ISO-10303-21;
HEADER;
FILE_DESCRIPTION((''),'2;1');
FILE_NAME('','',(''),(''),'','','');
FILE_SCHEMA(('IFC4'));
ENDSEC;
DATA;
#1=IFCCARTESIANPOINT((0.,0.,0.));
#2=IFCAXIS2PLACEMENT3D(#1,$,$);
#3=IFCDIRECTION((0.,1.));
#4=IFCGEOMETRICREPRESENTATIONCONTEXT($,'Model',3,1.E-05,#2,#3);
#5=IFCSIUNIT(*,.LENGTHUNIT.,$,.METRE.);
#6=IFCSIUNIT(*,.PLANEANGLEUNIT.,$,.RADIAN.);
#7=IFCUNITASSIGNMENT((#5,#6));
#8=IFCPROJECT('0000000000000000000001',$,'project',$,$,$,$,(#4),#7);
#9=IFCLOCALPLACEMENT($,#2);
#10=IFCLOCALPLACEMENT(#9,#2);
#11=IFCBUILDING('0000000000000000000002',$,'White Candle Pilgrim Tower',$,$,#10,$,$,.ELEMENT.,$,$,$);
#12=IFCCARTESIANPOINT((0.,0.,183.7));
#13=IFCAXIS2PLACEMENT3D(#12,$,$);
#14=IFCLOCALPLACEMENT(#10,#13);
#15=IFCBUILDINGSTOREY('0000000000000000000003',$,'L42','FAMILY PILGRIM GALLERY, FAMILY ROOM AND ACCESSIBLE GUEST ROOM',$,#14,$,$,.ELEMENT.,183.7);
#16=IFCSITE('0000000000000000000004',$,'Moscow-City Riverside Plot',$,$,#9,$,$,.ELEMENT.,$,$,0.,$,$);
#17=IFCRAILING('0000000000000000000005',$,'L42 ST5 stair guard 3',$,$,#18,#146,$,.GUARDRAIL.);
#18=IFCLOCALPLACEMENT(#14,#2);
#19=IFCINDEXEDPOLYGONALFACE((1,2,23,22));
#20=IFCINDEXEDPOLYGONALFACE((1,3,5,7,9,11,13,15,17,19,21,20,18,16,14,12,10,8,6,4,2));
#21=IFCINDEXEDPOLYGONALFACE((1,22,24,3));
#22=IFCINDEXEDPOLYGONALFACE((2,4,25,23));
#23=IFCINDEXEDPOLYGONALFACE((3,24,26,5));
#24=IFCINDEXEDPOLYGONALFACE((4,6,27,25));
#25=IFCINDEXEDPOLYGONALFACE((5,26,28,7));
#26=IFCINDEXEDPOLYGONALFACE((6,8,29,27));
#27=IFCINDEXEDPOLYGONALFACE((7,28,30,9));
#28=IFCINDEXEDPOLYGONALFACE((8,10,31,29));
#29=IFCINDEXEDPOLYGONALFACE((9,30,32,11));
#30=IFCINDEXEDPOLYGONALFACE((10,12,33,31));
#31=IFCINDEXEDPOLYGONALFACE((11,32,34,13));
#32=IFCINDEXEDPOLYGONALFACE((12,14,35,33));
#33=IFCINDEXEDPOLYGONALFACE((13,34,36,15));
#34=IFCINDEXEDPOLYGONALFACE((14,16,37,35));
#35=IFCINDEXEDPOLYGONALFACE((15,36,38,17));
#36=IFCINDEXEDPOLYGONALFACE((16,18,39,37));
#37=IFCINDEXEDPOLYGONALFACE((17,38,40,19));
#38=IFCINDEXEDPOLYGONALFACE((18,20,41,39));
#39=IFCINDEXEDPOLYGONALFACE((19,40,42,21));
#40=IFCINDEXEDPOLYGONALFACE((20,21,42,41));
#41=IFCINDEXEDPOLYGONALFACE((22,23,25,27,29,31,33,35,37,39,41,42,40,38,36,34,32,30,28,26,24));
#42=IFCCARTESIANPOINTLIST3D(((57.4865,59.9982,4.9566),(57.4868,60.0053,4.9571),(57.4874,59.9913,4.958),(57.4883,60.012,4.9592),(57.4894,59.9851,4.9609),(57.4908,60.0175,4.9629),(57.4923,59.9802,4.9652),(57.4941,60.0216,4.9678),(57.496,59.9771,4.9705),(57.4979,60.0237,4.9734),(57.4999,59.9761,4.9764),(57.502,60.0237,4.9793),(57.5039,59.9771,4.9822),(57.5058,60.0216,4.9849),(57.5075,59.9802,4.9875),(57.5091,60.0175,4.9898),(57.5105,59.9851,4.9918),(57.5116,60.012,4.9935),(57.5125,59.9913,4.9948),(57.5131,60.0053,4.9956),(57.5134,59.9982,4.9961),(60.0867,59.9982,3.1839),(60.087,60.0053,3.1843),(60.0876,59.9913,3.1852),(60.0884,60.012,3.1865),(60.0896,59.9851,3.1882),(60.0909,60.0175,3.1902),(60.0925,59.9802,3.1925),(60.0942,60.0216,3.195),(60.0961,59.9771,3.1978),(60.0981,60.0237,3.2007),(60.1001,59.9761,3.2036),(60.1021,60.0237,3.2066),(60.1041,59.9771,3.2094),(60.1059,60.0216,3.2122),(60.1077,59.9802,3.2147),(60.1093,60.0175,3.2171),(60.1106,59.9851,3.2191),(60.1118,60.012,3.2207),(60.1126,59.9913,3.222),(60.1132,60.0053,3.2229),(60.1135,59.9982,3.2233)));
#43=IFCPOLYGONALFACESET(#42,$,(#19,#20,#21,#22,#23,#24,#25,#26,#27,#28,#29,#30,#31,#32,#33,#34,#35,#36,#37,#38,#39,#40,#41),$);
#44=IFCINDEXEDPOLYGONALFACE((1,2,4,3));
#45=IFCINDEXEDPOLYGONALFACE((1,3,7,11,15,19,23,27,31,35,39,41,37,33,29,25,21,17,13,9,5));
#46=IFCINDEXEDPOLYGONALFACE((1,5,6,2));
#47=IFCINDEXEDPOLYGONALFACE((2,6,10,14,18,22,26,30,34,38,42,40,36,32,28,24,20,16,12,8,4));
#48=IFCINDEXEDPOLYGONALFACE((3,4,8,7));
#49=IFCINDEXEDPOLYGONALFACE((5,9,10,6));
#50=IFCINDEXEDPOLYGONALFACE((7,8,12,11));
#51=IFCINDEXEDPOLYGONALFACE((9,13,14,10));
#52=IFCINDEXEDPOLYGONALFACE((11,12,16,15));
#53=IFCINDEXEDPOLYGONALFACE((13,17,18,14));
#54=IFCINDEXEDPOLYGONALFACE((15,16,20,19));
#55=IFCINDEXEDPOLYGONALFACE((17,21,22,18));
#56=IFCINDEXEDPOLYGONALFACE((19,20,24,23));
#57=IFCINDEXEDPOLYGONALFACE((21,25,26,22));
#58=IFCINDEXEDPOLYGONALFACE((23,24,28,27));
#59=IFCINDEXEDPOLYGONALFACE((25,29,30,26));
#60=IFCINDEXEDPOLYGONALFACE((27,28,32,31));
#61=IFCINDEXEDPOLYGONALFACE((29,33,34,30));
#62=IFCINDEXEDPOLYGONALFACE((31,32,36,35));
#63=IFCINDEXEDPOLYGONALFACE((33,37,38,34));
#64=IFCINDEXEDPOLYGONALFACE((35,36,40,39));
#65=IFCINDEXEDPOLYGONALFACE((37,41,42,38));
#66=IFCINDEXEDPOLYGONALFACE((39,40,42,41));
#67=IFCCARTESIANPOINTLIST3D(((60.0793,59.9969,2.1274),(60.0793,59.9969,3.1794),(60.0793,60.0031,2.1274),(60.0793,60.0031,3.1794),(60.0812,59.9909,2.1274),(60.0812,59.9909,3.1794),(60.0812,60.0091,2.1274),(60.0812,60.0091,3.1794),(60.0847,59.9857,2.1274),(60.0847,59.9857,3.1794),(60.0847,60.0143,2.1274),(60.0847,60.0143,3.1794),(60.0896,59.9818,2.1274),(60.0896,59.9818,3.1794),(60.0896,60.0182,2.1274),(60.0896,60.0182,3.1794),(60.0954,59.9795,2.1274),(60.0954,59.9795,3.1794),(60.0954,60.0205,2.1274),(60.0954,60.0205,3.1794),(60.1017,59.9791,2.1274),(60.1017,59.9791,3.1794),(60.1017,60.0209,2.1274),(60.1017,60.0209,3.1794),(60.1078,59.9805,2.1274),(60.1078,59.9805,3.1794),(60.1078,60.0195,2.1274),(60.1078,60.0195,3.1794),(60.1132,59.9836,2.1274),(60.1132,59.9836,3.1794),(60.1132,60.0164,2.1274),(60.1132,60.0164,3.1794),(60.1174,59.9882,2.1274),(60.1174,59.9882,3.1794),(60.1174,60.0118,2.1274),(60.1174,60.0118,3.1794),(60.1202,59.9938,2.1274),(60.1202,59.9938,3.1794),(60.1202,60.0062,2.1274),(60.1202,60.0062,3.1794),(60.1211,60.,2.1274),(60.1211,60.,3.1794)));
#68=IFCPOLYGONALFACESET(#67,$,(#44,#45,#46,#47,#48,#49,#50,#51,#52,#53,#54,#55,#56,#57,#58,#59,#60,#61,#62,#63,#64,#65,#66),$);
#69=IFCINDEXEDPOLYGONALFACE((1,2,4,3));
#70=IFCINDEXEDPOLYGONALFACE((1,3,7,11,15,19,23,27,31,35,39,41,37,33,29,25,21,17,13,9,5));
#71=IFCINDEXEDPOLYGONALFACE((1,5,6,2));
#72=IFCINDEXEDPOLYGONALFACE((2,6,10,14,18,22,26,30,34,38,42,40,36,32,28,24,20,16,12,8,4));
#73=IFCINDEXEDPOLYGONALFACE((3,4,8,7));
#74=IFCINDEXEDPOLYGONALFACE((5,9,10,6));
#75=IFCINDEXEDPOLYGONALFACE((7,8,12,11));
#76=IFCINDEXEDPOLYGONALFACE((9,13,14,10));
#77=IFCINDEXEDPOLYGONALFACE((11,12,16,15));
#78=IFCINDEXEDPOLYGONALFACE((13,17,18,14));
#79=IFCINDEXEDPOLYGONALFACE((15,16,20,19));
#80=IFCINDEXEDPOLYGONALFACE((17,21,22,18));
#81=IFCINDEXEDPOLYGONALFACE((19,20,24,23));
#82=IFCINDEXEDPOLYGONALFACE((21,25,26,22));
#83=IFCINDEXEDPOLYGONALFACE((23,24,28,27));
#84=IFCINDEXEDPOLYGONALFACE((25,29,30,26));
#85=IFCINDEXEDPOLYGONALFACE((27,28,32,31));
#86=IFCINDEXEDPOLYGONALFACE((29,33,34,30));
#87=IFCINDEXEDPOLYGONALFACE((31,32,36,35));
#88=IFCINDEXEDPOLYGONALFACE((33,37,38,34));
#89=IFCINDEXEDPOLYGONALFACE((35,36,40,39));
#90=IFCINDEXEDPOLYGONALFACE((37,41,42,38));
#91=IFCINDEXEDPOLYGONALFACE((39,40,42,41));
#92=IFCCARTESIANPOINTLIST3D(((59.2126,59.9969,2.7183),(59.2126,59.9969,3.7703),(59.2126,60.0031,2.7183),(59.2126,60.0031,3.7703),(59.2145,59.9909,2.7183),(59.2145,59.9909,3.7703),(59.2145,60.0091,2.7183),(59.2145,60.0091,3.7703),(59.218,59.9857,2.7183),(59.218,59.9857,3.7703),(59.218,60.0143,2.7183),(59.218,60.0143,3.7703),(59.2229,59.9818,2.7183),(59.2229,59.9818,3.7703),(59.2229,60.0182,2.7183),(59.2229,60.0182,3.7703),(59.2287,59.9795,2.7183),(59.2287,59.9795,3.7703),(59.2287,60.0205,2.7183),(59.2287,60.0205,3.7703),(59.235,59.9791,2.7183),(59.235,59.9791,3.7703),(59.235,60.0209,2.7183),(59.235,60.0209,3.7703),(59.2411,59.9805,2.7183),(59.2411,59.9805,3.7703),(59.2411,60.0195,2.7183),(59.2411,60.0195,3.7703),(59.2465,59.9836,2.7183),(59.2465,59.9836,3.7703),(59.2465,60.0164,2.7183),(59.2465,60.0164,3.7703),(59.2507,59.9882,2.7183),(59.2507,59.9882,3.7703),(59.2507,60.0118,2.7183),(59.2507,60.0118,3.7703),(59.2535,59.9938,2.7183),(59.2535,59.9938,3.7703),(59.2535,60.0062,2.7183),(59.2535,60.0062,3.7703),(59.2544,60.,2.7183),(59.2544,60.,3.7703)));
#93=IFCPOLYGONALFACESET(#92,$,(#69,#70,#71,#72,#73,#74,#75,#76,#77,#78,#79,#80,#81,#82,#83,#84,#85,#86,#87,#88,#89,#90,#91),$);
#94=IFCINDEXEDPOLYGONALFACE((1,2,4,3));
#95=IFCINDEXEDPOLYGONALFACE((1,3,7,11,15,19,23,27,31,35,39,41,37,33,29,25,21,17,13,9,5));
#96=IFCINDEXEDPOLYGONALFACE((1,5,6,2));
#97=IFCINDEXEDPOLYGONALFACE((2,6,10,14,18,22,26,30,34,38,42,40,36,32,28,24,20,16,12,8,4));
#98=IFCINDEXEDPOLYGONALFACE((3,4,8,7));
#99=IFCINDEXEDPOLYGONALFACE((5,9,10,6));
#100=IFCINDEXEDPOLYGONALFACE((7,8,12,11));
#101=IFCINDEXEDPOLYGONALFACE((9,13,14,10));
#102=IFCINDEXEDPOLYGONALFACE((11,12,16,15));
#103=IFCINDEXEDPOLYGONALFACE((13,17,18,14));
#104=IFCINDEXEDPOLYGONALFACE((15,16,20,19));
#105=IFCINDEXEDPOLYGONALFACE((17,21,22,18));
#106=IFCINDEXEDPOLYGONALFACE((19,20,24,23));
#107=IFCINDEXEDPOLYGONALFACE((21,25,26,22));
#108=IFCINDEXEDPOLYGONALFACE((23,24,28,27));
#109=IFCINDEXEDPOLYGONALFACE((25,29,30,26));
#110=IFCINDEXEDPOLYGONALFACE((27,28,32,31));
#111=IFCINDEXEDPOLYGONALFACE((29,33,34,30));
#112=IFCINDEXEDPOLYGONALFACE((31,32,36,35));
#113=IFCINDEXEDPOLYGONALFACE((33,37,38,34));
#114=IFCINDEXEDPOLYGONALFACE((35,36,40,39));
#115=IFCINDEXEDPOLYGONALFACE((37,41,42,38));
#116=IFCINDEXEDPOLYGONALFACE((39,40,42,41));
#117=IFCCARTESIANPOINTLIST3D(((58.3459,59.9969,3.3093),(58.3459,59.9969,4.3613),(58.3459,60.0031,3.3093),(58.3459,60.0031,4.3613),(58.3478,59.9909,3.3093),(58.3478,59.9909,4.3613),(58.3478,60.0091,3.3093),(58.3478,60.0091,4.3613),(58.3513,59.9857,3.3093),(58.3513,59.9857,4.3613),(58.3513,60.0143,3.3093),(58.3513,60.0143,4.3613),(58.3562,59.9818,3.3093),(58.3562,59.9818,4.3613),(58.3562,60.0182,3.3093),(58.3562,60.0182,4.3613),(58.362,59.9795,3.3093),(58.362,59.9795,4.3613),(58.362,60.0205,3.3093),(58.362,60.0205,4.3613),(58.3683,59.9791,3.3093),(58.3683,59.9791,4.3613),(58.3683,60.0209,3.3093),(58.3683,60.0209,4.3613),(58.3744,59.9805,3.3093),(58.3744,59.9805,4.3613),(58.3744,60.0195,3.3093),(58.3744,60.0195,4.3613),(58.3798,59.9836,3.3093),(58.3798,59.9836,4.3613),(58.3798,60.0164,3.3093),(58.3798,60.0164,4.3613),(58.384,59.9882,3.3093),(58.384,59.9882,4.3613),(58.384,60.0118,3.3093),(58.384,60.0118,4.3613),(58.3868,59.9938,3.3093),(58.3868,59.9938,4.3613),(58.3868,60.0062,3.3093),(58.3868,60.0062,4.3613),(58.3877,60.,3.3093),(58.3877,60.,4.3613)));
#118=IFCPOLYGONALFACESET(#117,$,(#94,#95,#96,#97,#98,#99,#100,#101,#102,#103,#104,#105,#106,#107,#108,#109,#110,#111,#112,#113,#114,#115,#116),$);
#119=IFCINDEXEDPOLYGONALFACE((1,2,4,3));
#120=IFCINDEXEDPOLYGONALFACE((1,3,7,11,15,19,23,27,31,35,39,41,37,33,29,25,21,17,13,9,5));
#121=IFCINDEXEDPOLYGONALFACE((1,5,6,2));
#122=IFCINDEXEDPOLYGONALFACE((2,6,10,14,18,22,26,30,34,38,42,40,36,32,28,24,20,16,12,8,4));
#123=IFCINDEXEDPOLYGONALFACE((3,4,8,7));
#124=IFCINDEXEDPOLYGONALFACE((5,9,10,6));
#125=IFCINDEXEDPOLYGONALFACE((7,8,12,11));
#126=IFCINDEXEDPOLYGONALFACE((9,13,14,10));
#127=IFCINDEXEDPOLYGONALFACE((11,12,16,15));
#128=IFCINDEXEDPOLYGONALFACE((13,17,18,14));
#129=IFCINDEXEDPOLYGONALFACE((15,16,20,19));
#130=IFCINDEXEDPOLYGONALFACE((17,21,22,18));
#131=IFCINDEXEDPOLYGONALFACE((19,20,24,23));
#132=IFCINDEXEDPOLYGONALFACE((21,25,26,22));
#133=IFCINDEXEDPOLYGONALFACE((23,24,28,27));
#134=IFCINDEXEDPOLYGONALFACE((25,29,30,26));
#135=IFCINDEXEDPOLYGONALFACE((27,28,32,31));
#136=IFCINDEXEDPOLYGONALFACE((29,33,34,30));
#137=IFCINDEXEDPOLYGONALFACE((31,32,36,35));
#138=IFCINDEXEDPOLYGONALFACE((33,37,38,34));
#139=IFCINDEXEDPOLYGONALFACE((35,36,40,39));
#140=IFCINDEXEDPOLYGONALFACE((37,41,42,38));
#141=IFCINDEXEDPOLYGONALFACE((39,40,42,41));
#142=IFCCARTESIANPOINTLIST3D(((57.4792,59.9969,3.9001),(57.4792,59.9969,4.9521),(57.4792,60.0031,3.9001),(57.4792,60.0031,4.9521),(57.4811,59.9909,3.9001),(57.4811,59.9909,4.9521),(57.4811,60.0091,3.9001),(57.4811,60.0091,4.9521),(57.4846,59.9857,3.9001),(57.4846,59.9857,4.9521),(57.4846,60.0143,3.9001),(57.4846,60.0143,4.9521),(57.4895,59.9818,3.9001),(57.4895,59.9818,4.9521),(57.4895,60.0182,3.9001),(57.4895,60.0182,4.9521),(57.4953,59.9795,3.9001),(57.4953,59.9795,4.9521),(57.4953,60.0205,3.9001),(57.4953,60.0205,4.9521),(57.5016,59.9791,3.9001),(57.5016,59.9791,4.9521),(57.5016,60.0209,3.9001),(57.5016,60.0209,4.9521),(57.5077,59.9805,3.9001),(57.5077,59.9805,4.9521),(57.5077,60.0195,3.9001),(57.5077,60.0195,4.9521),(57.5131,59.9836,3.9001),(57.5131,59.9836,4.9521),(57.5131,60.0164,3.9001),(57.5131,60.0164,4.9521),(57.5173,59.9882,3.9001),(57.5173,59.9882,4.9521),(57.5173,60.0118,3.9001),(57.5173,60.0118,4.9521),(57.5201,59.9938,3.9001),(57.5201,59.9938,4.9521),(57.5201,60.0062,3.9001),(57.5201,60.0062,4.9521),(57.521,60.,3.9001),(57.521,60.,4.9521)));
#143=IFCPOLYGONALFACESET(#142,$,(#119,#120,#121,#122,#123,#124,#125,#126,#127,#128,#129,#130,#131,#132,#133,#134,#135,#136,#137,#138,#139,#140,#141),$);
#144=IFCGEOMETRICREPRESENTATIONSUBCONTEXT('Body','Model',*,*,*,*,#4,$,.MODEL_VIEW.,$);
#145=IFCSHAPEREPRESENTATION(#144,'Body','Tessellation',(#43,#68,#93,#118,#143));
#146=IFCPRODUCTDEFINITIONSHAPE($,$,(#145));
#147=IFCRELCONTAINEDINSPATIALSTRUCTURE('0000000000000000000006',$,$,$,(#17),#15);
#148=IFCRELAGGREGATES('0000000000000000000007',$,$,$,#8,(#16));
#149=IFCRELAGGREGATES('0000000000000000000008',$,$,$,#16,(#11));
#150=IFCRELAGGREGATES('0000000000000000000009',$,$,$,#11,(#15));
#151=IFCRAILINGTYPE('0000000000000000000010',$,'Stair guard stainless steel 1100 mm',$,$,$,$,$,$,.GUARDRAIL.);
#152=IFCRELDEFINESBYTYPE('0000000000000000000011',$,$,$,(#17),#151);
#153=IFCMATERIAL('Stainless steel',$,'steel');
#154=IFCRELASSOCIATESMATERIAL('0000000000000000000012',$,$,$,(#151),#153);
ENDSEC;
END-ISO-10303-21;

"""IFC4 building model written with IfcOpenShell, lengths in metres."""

from ifc_helpers import new_model, si_unit, direction, frame, origin, origin_2d, place, context, subcontext, project, spatial, circle, extrude, material, type_object, element, save


model = new_model("IFC4")

# Units and contexts
model_context = context("Model", 3, precision=1e-05, world=origin(), true_north=direction((0.0, 1.0)))
body_context = subcontext(model_context, "Body", "Model", "MODEL_VIEW")
ifc_project = project(units=[si_unit("LENGTHUNIT", "METRE"), si_unit("PLANEANGLEUNIT", "RADIAN")], contexts=[model_context])

# Site, building, storey
site_placement = place(None, origin())
site = spatial("IfcSite", under=ifc_project, at=site_placement, Name="Moscow-City Riverside Plot", CompositionType="ELEMENT", RefElevation=0.0)
building_placement = place(site_placement, origin())
building = spatial("IfcBuilding", under=site, at=building_placement, Name="White Candle Pilgrim Tower", CompositionType="ELEMENT")
storey_placement = place(building_placement, frame((0.0, 0.0, 183.7)))
storey = spatial("IfcBuildingStorey", under=building, at=storey_placement, Name="L42", Description="FAMILY PILGRIM GALLERY, FAMILY ROOM AND ACCESSIBLE GUEST ROOM", CompositionType="ELEMENT", Elevation=183.7)

# Railing
ifc_material_1 = material(Name="Stainless steel", Category="steel")
railing_type_1 = type_object("IfcRailingType", Name="Stair guard stainless steel 1100 mm", PredefinedType="GUARDRAIL", material=ifc_material_1)
railing_1_placement = place(storey_placement, frame((60.1001, 60.0, 2.1274)))
element("IfcRailing", 1, at=railing_1_placement, inside=storey, type_object=railing_type_1, Name="L42 ST5 stair guard 3", PredefinedType="GUARDRAIL", context=body_context, shape_type="SweptSolid", body=[
    extrude(circle(Radius=0.0239, at=origin_2d()), frame((0.0, 0.0, 1.0762), z_axis=(-0.82624, 0.0, 0.563318), x_axis=(0.0, -1.0, 0.0)), (0.0, 0.0, 1.0), 3.147),
    extrude(circle(Radius=0.021, at=origin_2d()), origin(), (0.0, 0.0, 1.0), 1.052),
    extrude(circle(Radius=0.021, at=origin_2d()), frame((-0.8667, 0.0, 0.5908)), (0.0, 0.0, 1.0), 1.052),
    extrude(circle(Radius=0.021, at=origin_2d()), frame((-1.7334, 0.0, 1.1819)), (0.0, 0.0, 1.0), 1.052),
    extrude(circle(Radius=0.021, at=origin_2d()), frame((-2.6001, 0.0, 1.7727)), (0.0, 0.0, 1.0), 1.052),
])

save(model, "model.ifc")
